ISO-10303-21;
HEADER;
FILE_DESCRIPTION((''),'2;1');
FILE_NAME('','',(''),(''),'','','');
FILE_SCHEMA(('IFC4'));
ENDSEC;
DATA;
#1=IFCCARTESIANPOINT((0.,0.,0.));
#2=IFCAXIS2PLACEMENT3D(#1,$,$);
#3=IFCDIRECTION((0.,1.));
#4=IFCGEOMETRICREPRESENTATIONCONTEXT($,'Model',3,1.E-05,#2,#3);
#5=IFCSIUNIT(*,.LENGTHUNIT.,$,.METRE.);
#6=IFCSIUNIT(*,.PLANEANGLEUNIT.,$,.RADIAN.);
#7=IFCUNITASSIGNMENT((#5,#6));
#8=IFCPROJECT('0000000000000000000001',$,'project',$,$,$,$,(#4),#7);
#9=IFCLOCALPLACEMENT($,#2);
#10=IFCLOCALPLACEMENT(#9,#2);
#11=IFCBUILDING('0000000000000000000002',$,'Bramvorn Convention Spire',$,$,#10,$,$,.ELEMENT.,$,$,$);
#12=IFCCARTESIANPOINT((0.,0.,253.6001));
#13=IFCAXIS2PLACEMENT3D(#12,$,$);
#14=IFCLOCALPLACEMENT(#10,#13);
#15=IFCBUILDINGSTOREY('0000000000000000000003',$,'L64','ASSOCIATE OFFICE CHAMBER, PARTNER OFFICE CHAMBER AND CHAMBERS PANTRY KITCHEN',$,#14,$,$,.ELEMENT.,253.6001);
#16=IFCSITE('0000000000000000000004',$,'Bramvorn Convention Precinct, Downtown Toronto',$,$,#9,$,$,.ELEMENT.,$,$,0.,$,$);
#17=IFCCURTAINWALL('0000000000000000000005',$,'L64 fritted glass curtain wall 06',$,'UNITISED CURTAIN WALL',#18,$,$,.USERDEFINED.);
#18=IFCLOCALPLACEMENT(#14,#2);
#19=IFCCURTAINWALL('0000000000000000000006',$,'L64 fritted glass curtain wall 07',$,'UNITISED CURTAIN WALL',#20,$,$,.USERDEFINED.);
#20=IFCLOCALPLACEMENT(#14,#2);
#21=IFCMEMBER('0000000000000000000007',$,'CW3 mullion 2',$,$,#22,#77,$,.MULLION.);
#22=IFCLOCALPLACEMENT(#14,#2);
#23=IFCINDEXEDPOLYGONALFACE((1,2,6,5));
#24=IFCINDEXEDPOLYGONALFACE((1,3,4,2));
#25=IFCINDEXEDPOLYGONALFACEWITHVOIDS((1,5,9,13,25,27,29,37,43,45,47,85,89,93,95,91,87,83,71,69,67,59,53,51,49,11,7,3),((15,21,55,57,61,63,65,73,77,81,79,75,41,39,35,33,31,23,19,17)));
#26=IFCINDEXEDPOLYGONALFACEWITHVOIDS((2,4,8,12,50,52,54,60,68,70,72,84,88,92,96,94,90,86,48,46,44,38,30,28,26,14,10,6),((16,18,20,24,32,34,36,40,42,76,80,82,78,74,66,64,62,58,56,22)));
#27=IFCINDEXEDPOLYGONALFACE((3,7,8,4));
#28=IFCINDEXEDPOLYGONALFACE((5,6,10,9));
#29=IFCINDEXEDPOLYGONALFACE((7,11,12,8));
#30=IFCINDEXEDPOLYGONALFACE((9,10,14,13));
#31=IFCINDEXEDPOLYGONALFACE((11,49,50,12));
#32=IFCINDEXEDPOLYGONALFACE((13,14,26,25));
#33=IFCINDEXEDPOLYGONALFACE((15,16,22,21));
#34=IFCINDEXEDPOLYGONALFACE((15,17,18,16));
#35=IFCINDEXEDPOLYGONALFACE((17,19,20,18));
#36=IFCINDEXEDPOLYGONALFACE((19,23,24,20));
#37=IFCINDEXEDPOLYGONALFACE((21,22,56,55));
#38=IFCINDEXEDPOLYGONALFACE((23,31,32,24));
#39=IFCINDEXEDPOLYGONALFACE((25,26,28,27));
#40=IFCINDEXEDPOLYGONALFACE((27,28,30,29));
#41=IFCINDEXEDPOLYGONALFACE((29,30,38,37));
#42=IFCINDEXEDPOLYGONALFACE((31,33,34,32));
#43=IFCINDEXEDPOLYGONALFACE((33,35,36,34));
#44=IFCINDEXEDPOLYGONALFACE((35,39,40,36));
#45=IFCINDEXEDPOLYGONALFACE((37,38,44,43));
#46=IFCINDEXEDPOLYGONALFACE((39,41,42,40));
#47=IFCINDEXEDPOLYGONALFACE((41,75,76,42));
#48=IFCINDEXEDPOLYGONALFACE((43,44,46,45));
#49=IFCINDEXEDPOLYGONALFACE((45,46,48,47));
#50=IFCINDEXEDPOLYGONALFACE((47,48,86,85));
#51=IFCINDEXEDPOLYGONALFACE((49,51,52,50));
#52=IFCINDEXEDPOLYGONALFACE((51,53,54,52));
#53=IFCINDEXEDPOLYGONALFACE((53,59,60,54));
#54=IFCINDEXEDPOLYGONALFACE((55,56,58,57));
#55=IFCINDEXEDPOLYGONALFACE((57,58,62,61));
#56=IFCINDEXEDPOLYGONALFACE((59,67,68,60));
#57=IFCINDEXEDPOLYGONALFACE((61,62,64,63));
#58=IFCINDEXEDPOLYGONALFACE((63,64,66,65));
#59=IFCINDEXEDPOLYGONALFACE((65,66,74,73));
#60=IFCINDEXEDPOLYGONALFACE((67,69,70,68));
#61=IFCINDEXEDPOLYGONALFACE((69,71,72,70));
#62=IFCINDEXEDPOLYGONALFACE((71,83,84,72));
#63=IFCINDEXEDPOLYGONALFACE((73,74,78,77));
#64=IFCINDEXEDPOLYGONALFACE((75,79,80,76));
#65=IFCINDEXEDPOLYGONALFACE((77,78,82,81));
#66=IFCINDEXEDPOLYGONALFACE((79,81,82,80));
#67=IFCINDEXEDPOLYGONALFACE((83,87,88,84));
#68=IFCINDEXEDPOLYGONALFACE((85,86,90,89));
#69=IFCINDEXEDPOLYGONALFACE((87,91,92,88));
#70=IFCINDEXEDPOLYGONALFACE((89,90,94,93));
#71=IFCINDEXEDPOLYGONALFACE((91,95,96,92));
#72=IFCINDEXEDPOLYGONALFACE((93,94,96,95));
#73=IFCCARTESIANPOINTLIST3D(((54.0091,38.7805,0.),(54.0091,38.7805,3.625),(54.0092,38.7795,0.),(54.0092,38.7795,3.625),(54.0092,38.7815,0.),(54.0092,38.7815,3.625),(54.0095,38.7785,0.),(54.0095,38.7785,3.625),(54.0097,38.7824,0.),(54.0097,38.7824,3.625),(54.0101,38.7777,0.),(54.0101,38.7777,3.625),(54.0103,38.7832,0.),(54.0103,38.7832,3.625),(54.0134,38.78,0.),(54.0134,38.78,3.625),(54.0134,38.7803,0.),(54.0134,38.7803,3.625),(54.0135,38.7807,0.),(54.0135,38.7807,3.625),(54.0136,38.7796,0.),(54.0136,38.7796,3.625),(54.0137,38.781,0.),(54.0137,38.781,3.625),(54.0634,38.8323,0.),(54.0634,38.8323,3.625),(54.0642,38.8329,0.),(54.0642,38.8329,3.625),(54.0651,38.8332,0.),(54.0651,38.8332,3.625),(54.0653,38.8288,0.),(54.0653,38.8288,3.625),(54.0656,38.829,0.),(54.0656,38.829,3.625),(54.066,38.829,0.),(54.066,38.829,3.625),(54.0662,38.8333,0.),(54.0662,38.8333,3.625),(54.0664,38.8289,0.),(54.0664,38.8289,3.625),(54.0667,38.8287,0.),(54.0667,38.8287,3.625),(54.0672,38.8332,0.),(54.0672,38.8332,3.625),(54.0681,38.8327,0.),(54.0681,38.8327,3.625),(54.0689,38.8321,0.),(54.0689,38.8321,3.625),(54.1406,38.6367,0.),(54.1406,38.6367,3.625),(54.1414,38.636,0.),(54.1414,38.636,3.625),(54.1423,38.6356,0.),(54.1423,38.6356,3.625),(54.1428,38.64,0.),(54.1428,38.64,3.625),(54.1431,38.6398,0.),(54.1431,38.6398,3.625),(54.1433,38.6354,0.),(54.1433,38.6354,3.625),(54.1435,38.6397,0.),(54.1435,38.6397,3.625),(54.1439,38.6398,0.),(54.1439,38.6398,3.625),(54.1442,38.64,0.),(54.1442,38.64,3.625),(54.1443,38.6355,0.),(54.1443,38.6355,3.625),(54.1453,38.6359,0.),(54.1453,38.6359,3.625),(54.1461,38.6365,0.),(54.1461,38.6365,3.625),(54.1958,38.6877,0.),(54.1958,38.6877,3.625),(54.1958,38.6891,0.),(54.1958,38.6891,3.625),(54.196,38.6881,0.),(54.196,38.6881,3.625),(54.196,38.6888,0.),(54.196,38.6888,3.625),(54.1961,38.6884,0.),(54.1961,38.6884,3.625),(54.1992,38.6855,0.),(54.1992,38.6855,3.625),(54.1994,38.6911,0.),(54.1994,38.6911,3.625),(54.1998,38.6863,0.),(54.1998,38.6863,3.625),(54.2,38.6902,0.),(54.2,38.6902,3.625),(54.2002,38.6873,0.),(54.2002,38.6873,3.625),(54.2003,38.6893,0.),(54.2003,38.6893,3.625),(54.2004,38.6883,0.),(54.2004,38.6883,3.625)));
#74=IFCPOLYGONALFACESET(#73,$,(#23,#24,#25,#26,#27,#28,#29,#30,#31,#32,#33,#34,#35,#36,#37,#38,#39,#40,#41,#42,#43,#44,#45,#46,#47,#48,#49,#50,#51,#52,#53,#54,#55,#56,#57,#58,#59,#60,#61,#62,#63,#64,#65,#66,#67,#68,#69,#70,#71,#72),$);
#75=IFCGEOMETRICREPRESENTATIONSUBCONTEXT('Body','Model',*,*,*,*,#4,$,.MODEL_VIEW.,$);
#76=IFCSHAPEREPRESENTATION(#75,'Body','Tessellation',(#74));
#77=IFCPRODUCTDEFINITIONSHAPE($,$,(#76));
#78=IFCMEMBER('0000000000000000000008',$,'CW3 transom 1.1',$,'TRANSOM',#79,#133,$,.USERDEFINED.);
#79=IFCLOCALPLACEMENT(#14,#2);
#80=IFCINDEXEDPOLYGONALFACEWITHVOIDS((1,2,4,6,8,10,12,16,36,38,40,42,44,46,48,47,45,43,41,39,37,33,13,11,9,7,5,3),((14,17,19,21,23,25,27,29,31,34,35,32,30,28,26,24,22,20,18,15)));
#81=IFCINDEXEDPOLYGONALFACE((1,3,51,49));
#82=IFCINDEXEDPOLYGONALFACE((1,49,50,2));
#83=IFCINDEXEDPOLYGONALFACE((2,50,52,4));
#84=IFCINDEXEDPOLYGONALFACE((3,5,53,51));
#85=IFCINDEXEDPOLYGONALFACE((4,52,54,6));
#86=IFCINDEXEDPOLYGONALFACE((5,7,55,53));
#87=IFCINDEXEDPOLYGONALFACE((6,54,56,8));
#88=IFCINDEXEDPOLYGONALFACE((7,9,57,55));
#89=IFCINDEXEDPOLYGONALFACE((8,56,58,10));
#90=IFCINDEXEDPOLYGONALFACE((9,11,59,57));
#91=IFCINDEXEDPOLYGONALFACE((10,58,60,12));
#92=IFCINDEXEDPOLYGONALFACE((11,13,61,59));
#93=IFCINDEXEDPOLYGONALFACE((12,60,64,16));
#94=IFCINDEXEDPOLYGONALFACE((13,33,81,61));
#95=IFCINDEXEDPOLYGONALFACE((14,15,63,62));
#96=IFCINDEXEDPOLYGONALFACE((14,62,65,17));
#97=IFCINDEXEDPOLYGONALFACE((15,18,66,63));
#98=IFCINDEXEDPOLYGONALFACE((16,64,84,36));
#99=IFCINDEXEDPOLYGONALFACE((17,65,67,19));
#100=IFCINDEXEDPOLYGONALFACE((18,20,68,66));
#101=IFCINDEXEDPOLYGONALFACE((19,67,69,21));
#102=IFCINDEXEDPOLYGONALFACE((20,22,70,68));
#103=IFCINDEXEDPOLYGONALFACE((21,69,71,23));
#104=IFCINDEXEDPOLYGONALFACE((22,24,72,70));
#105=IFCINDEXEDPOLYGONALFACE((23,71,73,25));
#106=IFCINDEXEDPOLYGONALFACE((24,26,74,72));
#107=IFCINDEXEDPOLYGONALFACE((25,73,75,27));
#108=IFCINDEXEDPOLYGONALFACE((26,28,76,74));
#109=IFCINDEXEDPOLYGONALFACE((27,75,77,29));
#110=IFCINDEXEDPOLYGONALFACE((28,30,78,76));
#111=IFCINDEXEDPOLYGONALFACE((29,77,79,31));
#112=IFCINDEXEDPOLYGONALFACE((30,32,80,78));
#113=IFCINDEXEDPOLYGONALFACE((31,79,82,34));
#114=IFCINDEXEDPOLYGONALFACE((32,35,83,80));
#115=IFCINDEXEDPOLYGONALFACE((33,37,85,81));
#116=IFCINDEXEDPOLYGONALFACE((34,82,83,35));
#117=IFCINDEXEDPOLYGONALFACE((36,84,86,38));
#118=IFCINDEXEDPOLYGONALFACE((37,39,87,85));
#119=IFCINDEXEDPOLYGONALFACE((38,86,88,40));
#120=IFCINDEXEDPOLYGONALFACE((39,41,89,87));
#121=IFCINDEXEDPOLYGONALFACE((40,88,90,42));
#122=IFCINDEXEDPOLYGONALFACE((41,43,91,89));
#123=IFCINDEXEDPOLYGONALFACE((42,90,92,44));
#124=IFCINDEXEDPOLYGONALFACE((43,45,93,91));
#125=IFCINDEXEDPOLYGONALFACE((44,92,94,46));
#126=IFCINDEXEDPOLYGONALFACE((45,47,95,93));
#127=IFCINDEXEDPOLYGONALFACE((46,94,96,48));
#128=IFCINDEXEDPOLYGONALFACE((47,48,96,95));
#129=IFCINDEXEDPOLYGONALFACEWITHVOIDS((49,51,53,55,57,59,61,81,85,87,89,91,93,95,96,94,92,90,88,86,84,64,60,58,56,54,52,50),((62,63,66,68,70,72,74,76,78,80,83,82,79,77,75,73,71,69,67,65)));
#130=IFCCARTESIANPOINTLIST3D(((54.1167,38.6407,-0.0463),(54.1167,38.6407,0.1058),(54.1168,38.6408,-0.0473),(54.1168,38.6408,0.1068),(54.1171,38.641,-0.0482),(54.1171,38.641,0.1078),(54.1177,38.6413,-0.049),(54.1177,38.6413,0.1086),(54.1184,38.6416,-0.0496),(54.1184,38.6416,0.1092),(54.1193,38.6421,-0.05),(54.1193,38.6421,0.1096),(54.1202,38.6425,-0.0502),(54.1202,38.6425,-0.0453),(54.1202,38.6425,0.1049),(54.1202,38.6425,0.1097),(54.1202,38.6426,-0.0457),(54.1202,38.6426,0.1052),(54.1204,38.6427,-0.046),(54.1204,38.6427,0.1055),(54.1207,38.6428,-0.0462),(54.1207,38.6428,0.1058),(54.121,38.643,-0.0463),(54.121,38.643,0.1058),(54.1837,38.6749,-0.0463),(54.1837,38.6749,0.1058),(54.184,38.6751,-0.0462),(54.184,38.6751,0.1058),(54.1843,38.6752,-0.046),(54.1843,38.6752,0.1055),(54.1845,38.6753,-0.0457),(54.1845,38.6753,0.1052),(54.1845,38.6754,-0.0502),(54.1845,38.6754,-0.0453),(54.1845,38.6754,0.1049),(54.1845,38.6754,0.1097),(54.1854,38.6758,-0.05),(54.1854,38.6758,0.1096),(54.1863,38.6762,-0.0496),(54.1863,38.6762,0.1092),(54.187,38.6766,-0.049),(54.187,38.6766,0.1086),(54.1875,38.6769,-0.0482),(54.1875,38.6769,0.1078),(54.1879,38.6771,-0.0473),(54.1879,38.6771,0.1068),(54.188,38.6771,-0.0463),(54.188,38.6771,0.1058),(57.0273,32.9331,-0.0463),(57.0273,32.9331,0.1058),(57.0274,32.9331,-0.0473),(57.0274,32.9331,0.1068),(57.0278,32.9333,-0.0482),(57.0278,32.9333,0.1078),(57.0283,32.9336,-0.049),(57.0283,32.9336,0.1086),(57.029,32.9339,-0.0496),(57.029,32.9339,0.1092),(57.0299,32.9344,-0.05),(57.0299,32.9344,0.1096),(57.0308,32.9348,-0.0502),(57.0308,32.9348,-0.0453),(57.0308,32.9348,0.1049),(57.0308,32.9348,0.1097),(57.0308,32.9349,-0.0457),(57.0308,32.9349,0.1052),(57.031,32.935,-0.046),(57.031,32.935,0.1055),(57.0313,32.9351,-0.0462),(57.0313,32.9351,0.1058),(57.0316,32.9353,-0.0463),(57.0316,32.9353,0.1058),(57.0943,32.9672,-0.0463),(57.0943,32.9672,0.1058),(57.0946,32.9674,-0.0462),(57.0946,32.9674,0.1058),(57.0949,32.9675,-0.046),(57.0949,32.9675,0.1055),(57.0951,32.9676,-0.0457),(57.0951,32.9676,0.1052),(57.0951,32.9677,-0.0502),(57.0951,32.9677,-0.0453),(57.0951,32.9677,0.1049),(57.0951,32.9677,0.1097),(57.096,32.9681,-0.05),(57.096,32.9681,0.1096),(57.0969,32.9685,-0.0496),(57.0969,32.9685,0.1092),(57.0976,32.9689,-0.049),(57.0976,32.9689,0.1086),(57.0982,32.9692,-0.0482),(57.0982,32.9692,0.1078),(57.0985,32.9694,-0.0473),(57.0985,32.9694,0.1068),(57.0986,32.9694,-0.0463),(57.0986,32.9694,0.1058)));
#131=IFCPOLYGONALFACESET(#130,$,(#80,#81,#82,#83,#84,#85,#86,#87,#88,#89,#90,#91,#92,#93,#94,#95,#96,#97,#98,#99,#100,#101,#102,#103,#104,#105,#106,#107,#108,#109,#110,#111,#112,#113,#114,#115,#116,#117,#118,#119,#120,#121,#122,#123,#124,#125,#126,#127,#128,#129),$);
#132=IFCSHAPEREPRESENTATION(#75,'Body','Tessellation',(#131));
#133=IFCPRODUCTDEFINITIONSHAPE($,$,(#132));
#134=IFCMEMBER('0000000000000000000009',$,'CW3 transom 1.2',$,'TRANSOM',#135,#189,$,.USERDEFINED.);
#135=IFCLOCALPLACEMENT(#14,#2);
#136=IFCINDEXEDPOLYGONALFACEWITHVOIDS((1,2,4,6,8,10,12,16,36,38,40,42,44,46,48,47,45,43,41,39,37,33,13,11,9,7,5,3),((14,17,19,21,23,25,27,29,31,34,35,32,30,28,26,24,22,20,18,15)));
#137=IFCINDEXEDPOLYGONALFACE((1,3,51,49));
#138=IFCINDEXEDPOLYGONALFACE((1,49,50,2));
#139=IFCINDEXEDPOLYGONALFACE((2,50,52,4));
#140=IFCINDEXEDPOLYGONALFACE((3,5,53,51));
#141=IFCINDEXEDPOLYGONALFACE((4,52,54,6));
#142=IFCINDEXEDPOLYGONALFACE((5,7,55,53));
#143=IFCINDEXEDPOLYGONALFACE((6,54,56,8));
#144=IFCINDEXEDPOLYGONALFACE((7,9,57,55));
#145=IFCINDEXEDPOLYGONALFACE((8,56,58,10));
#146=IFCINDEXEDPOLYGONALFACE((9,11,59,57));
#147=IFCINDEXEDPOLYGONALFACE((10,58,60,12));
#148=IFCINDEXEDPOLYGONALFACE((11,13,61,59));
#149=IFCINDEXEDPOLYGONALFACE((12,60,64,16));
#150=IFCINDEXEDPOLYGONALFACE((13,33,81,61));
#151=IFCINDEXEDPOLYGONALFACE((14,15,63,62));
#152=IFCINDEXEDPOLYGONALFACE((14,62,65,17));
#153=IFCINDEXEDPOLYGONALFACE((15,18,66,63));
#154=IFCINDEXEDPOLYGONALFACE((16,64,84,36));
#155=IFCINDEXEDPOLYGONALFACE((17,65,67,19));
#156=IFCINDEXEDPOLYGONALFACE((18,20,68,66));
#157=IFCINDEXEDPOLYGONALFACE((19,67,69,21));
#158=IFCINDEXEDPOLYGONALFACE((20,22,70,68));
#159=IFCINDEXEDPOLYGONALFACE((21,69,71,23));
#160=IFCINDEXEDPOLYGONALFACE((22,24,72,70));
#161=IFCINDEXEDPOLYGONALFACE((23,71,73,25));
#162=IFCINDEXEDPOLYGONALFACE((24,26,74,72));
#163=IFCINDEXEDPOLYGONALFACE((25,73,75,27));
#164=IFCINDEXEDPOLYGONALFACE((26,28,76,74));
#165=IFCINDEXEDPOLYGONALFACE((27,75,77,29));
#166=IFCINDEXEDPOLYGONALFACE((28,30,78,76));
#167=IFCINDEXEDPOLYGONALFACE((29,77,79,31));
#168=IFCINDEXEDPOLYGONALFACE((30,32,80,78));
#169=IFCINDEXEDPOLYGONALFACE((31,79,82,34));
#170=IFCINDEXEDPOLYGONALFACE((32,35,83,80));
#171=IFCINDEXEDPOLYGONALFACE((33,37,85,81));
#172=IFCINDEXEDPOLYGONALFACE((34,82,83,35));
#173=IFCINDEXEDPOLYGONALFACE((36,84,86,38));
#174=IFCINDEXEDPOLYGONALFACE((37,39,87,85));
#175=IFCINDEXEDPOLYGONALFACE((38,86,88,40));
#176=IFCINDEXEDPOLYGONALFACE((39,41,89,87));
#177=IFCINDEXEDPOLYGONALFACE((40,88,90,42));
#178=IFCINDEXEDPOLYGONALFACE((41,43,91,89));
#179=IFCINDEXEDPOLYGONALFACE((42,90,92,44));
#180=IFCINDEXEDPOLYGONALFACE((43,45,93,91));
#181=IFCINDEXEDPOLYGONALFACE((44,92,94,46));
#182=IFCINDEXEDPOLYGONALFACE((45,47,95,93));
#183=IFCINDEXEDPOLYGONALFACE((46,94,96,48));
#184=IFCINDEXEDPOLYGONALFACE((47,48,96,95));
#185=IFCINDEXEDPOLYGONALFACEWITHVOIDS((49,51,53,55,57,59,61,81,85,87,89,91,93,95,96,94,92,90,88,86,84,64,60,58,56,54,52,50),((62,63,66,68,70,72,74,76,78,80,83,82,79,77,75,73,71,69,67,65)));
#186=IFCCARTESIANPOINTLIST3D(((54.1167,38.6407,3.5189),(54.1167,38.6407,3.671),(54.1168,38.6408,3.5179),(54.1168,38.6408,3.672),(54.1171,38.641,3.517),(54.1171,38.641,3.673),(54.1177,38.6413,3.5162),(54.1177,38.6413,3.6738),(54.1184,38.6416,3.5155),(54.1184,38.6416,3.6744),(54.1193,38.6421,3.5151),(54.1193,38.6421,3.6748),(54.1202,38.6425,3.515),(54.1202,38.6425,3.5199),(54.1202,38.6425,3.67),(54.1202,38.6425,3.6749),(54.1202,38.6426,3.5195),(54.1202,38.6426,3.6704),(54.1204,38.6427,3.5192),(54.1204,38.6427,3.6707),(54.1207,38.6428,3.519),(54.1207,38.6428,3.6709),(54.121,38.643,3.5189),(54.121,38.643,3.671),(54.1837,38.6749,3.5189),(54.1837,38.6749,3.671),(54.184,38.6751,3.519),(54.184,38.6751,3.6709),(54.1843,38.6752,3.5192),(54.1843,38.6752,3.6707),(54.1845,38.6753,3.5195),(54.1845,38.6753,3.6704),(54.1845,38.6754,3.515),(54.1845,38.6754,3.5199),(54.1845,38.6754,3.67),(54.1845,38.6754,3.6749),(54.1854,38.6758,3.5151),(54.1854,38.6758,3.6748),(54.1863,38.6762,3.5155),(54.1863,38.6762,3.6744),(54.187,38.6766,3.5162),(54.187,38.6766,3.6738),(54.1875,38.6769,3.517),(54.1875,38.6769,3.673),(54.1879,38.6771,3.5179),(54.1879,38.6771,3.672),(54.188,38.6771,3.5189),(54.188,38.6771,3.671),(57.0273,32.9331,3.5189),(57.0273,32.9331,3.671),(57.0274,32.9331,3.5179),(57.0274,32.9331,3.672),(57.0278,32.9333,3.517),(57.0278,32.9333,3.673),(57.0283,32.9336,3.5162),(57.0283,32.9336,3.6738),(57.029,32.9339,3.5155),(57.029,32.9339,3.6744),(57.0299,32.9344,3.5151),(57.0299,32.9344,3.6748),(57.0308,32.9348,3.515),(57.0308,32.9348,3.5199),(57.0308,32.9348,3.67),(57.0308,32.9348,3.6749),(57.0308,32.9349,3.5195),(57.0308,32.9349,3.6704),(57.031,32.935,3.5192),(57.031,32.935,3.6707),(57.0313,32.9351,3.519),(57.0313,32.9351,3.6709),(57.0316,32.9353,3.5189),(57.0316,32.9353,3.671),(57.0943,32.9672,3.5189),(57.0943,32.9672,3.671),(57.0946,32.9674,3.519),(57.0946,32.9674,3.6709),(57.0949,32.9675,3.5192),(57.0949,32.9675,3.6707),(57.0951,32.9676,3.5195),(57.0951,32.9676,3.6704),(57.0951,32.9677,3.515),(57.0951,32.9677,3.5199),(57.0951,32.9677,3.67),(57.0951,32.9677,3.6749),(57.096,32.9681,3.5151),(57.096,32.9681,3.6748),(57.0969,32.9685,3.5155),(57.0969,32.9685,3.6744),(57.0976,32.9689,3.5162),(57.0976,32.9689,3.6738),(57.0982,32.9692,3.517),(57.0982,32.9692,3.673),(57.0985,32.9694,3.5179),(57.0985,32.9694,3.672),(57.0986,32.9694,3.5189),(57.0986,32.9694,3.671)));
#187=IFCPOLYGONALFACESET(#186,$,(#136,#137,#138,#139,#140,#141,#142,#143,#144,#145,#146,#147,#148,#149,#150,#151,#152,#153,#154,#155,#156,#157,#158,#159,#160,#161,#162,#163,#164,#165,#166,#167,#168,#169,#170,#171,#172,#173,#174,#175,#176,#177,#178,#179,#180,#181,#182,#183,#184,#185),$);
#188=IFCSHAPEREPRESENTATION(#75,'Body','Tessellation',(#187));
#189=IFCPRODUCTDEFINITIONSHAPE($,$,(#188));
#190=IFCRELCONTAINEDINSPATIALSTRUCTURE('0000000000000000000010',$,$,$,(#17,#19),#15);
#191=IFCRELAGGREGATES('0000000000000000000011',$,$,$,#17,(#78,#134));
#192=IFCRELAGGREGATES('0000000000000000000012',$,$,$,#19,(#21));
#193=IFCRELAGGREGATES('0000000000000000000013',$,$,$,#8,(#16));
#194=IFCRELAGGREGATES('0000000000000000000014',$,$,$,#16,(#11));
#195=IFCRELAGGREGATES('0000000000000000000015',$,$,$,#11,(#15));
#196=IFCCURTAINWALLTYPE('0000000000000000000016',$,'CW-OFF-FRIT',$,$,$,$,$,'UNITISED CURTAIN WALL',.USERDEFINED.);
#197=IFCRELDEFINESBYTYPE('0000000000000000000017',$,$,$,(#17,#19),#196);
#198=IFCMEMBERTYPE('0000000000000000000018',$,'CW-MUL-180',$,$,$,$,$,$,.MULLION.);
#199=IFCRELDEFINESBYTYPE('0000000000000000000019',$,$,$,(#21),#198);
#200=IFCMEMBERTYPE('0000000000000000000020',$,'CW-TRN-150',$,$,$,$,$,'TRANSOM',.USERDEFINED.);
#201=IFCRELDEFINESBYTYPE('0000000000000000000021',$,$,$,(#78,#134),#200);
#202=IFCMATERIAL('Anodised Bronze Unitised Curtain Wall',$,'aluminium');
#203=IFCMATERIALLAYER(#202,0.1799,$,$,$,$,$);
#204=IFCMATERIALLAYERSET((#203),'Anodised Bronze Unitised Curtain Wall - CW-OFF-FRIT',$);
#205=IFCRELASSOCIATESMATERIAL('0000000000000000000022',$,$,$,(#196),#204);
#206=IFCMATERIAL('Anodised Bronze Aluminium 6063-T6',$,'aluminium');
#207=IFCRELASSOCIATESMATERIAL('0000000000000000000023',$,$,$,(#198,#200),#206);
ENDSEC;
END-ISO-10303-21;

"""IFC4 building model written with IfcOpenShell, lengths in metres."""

from ifc_helpers import new_model, si_unit, direction, frame, origin, origin_2d, place, context, subcontext, project, spatial, hollow_rectangle, extrude, material, layer, layer_set, material_profile, profile_set, type_object, element, aggregate, save


model = new_model("IFC4")

# Units and contexts
model_context = context("Model", 3, precision=1e-05, world=origin(), true_north=direction((0.0, 1.0)))
body_context = subcontext(model_context, "Body", "Model", "MODEL_VIEW")
ifc_project = project(units=[si_unit("LENGTHUNIT", "METRE"), si_unit("PLANEANGLEUNIT", "RADIAN")], contexts=[model_context])

# Site, building, storey
site_placement = place(None, origin())
site = spatial("IfcSite", under=ifc_project, at=site_placement, Name="Bramvorn Convention Precinct, Downtown Toronto", CompositionType="ELEMENT", RefElevation=0.0)
building_placement = place(site_placement, origin())
building = spatial("IfcBuilding", under=site, at=building_placement, Name="Bramvorn Convention Spire", CompositionType="ELEMENT")
storey_placement = place(building_placement, frame((0.0, 0.0, 253.6001)))
storey = spatial("IfcBuildingStorey", under=building, at=storey_placement, Name="L64", Description="ASSOCIATE OFFICE CHAMBER, PARTNER OFFICE CHAMBER AND CHAMBERS PANTRY KITCHEN", CompositionType="ELEMENT", Elevation=253.6001)

# Curtain wall
ifc_material_1 = material(Name="Anodised Bronze Unitised Curtain Wall", Category="aluminium")
ifc_layer_1 = layer(ifc_material_1, 0.1799)
ifc_layer_set_1 = layer_set([ifc_layer_1], Name="Anodised Bronze Unitised Curtain Wall - CW-OFF-FRIT")
curtain_wall_type = type_object("IfcCurtainWallType", Name="CW-OFF-FRIT", ElementType="UNITISED CURTAIN WALL", PredefinedType="USERDEFINED", material=ifc_layer_set_1)
curtain_wall_1_placement = place(storey_placement, origin())
curtain_wall_1 = element("IfcCurtainWall", 1, at=curtain_wall_1_placement, inside=storey, type_object=curtain_wall_type, Name="L64 fritted glass curtain wall 06", ObjectType="UNITISED CURTAIN WALL", PredefinedType="USERDEFINED")
ifc_material_2 = material(Name="Anodised Bronze Aluminium 6063-T6", Category="aluminium")
ifc_material_profile_1 = material_profile(ifc_material_2, hollow_rectangle(XDim=0.0801, YDim=0.2, WallThickness=0.0039, InnerFilletRadius=0.001, OuterFilletRadius=0.0039, at=origin_2d()))
ifc_profile_set_1 = profile_set([ifc_material_profile_1], Name="Anodised Bronze Aluminium 6063-T6 - CWM80X200")
member_type_1 = type_object("IfcMemberType", Name="CW-MUL-180", PredefinedType="MULLION", material=ifc_profile_set_1)

# Curtain wall, member
curtain_wall_2_placement = place(storey_placement, origin())
curtain_wall_2 = element("IfcCurtainWall", 2, at=curtain_wall_2_placement, inside=storey, type_object=curtain_wall_type, Name="L64 fritted glass curtain wall 07", ObjectType="UNITISED CURTAIN WALL", PredefinedType="USERDEFINED")
member_1_placement = place(storey_placement, frame((54.1047, 38.7344, 0.0), z_axis=(0.0, 0.0, 1.0), x_axis=(0.733948, 0.679205, 0.0)))
member_1 = element("IfcMember", 3, at=member_1_placement, type_object=member_type_1, Name="CW3 mullion 2", PredefinedType="MULLION", context=body_context, shape_type="SweptSolid", body=[
    extrude(hollow_rectangle(XDim=0.0801, YDim=0.2, WallThickness=0.0039, InnerFilletRadius=0.001, OuterFilletRadius=0.0039, at=origin_2d()), origin(), (0.0, 0.0, 1.0), 3.625),
])

# Members
ifc_material_profile_2 = material_profile(ifc_material_2, hollow_rectangle(XDim=0.0801, YDim=0.1599, WallThickness=0.0039, InnerFilletRadius=0.001, OuterFilletRadius=0.0039, at=origin_2d()))
ifc_profile_set_2 = profile_set([ifc_material_profile_2], Name="Anodised Bronze Aluminium 6063-T6 - CWT80X160")
member_type_2 = type_object("IfcMemberType", Name="CW-TRN-150", ElementType="TRANSOM", PredefinedType="USERDEFINED", material=ifc_profile_set_2)
member_2_placement = place(storey_placement, frame((54.1523, 38.6589, 0.0298), z_axis=(0.454287, -0.890855, 0.0), x_axis=(0.890855, 0.454287, 0.0)))
member_2 = element("IfcMember", 4, at=member_2_placement, type_object=member_type_2, Name="CW3 transom 1.1", ObjectType="TRANSOM", PredefinedType="USERDEFINED", context=body_context, shape_type="SweptSolid", body=[
    extrude(hollow_rectangle(XDim=0.0801, YDim=0.1599, WallThickness=0.0039, InnerFilletRadius=0.001, OuterFilletRadius=0.0039, at=origin_2d()), origin(), (0.0, 0.0, 1.0), 6.407),
])
member_3_placement = place(storey_placement, frame((54.1523, 38.6589, 3.595), z_axis=(0.454287, -0.890855, 0.0), x_axis=(0.890855, 0.454287, 0.0)))
member_3 = element("IfcMember", 5, at=member_3_placement, type_object=member_type_2, Name="CW3 transom 1.2", ObjectType="TRANSOM", PredefinedType="USERDEFINED", context=body_context, shape_type="SweptSolid", body=[
    extrude(hollow_rectangle(XDim=0.0801, YDim=0.1599, WallThickness=0.0039, InnerFilletRadius=0.001, OuterFilletRadius=0.0039, at=origin_2d()), origin(), (0.0, 0.0, 1.0), 6.407),
])

aggregate(curtain_wall_1, [member_2, member_3])
aggregate(curtain_wall_2, [member_1])

save(model, "model.ifc")
